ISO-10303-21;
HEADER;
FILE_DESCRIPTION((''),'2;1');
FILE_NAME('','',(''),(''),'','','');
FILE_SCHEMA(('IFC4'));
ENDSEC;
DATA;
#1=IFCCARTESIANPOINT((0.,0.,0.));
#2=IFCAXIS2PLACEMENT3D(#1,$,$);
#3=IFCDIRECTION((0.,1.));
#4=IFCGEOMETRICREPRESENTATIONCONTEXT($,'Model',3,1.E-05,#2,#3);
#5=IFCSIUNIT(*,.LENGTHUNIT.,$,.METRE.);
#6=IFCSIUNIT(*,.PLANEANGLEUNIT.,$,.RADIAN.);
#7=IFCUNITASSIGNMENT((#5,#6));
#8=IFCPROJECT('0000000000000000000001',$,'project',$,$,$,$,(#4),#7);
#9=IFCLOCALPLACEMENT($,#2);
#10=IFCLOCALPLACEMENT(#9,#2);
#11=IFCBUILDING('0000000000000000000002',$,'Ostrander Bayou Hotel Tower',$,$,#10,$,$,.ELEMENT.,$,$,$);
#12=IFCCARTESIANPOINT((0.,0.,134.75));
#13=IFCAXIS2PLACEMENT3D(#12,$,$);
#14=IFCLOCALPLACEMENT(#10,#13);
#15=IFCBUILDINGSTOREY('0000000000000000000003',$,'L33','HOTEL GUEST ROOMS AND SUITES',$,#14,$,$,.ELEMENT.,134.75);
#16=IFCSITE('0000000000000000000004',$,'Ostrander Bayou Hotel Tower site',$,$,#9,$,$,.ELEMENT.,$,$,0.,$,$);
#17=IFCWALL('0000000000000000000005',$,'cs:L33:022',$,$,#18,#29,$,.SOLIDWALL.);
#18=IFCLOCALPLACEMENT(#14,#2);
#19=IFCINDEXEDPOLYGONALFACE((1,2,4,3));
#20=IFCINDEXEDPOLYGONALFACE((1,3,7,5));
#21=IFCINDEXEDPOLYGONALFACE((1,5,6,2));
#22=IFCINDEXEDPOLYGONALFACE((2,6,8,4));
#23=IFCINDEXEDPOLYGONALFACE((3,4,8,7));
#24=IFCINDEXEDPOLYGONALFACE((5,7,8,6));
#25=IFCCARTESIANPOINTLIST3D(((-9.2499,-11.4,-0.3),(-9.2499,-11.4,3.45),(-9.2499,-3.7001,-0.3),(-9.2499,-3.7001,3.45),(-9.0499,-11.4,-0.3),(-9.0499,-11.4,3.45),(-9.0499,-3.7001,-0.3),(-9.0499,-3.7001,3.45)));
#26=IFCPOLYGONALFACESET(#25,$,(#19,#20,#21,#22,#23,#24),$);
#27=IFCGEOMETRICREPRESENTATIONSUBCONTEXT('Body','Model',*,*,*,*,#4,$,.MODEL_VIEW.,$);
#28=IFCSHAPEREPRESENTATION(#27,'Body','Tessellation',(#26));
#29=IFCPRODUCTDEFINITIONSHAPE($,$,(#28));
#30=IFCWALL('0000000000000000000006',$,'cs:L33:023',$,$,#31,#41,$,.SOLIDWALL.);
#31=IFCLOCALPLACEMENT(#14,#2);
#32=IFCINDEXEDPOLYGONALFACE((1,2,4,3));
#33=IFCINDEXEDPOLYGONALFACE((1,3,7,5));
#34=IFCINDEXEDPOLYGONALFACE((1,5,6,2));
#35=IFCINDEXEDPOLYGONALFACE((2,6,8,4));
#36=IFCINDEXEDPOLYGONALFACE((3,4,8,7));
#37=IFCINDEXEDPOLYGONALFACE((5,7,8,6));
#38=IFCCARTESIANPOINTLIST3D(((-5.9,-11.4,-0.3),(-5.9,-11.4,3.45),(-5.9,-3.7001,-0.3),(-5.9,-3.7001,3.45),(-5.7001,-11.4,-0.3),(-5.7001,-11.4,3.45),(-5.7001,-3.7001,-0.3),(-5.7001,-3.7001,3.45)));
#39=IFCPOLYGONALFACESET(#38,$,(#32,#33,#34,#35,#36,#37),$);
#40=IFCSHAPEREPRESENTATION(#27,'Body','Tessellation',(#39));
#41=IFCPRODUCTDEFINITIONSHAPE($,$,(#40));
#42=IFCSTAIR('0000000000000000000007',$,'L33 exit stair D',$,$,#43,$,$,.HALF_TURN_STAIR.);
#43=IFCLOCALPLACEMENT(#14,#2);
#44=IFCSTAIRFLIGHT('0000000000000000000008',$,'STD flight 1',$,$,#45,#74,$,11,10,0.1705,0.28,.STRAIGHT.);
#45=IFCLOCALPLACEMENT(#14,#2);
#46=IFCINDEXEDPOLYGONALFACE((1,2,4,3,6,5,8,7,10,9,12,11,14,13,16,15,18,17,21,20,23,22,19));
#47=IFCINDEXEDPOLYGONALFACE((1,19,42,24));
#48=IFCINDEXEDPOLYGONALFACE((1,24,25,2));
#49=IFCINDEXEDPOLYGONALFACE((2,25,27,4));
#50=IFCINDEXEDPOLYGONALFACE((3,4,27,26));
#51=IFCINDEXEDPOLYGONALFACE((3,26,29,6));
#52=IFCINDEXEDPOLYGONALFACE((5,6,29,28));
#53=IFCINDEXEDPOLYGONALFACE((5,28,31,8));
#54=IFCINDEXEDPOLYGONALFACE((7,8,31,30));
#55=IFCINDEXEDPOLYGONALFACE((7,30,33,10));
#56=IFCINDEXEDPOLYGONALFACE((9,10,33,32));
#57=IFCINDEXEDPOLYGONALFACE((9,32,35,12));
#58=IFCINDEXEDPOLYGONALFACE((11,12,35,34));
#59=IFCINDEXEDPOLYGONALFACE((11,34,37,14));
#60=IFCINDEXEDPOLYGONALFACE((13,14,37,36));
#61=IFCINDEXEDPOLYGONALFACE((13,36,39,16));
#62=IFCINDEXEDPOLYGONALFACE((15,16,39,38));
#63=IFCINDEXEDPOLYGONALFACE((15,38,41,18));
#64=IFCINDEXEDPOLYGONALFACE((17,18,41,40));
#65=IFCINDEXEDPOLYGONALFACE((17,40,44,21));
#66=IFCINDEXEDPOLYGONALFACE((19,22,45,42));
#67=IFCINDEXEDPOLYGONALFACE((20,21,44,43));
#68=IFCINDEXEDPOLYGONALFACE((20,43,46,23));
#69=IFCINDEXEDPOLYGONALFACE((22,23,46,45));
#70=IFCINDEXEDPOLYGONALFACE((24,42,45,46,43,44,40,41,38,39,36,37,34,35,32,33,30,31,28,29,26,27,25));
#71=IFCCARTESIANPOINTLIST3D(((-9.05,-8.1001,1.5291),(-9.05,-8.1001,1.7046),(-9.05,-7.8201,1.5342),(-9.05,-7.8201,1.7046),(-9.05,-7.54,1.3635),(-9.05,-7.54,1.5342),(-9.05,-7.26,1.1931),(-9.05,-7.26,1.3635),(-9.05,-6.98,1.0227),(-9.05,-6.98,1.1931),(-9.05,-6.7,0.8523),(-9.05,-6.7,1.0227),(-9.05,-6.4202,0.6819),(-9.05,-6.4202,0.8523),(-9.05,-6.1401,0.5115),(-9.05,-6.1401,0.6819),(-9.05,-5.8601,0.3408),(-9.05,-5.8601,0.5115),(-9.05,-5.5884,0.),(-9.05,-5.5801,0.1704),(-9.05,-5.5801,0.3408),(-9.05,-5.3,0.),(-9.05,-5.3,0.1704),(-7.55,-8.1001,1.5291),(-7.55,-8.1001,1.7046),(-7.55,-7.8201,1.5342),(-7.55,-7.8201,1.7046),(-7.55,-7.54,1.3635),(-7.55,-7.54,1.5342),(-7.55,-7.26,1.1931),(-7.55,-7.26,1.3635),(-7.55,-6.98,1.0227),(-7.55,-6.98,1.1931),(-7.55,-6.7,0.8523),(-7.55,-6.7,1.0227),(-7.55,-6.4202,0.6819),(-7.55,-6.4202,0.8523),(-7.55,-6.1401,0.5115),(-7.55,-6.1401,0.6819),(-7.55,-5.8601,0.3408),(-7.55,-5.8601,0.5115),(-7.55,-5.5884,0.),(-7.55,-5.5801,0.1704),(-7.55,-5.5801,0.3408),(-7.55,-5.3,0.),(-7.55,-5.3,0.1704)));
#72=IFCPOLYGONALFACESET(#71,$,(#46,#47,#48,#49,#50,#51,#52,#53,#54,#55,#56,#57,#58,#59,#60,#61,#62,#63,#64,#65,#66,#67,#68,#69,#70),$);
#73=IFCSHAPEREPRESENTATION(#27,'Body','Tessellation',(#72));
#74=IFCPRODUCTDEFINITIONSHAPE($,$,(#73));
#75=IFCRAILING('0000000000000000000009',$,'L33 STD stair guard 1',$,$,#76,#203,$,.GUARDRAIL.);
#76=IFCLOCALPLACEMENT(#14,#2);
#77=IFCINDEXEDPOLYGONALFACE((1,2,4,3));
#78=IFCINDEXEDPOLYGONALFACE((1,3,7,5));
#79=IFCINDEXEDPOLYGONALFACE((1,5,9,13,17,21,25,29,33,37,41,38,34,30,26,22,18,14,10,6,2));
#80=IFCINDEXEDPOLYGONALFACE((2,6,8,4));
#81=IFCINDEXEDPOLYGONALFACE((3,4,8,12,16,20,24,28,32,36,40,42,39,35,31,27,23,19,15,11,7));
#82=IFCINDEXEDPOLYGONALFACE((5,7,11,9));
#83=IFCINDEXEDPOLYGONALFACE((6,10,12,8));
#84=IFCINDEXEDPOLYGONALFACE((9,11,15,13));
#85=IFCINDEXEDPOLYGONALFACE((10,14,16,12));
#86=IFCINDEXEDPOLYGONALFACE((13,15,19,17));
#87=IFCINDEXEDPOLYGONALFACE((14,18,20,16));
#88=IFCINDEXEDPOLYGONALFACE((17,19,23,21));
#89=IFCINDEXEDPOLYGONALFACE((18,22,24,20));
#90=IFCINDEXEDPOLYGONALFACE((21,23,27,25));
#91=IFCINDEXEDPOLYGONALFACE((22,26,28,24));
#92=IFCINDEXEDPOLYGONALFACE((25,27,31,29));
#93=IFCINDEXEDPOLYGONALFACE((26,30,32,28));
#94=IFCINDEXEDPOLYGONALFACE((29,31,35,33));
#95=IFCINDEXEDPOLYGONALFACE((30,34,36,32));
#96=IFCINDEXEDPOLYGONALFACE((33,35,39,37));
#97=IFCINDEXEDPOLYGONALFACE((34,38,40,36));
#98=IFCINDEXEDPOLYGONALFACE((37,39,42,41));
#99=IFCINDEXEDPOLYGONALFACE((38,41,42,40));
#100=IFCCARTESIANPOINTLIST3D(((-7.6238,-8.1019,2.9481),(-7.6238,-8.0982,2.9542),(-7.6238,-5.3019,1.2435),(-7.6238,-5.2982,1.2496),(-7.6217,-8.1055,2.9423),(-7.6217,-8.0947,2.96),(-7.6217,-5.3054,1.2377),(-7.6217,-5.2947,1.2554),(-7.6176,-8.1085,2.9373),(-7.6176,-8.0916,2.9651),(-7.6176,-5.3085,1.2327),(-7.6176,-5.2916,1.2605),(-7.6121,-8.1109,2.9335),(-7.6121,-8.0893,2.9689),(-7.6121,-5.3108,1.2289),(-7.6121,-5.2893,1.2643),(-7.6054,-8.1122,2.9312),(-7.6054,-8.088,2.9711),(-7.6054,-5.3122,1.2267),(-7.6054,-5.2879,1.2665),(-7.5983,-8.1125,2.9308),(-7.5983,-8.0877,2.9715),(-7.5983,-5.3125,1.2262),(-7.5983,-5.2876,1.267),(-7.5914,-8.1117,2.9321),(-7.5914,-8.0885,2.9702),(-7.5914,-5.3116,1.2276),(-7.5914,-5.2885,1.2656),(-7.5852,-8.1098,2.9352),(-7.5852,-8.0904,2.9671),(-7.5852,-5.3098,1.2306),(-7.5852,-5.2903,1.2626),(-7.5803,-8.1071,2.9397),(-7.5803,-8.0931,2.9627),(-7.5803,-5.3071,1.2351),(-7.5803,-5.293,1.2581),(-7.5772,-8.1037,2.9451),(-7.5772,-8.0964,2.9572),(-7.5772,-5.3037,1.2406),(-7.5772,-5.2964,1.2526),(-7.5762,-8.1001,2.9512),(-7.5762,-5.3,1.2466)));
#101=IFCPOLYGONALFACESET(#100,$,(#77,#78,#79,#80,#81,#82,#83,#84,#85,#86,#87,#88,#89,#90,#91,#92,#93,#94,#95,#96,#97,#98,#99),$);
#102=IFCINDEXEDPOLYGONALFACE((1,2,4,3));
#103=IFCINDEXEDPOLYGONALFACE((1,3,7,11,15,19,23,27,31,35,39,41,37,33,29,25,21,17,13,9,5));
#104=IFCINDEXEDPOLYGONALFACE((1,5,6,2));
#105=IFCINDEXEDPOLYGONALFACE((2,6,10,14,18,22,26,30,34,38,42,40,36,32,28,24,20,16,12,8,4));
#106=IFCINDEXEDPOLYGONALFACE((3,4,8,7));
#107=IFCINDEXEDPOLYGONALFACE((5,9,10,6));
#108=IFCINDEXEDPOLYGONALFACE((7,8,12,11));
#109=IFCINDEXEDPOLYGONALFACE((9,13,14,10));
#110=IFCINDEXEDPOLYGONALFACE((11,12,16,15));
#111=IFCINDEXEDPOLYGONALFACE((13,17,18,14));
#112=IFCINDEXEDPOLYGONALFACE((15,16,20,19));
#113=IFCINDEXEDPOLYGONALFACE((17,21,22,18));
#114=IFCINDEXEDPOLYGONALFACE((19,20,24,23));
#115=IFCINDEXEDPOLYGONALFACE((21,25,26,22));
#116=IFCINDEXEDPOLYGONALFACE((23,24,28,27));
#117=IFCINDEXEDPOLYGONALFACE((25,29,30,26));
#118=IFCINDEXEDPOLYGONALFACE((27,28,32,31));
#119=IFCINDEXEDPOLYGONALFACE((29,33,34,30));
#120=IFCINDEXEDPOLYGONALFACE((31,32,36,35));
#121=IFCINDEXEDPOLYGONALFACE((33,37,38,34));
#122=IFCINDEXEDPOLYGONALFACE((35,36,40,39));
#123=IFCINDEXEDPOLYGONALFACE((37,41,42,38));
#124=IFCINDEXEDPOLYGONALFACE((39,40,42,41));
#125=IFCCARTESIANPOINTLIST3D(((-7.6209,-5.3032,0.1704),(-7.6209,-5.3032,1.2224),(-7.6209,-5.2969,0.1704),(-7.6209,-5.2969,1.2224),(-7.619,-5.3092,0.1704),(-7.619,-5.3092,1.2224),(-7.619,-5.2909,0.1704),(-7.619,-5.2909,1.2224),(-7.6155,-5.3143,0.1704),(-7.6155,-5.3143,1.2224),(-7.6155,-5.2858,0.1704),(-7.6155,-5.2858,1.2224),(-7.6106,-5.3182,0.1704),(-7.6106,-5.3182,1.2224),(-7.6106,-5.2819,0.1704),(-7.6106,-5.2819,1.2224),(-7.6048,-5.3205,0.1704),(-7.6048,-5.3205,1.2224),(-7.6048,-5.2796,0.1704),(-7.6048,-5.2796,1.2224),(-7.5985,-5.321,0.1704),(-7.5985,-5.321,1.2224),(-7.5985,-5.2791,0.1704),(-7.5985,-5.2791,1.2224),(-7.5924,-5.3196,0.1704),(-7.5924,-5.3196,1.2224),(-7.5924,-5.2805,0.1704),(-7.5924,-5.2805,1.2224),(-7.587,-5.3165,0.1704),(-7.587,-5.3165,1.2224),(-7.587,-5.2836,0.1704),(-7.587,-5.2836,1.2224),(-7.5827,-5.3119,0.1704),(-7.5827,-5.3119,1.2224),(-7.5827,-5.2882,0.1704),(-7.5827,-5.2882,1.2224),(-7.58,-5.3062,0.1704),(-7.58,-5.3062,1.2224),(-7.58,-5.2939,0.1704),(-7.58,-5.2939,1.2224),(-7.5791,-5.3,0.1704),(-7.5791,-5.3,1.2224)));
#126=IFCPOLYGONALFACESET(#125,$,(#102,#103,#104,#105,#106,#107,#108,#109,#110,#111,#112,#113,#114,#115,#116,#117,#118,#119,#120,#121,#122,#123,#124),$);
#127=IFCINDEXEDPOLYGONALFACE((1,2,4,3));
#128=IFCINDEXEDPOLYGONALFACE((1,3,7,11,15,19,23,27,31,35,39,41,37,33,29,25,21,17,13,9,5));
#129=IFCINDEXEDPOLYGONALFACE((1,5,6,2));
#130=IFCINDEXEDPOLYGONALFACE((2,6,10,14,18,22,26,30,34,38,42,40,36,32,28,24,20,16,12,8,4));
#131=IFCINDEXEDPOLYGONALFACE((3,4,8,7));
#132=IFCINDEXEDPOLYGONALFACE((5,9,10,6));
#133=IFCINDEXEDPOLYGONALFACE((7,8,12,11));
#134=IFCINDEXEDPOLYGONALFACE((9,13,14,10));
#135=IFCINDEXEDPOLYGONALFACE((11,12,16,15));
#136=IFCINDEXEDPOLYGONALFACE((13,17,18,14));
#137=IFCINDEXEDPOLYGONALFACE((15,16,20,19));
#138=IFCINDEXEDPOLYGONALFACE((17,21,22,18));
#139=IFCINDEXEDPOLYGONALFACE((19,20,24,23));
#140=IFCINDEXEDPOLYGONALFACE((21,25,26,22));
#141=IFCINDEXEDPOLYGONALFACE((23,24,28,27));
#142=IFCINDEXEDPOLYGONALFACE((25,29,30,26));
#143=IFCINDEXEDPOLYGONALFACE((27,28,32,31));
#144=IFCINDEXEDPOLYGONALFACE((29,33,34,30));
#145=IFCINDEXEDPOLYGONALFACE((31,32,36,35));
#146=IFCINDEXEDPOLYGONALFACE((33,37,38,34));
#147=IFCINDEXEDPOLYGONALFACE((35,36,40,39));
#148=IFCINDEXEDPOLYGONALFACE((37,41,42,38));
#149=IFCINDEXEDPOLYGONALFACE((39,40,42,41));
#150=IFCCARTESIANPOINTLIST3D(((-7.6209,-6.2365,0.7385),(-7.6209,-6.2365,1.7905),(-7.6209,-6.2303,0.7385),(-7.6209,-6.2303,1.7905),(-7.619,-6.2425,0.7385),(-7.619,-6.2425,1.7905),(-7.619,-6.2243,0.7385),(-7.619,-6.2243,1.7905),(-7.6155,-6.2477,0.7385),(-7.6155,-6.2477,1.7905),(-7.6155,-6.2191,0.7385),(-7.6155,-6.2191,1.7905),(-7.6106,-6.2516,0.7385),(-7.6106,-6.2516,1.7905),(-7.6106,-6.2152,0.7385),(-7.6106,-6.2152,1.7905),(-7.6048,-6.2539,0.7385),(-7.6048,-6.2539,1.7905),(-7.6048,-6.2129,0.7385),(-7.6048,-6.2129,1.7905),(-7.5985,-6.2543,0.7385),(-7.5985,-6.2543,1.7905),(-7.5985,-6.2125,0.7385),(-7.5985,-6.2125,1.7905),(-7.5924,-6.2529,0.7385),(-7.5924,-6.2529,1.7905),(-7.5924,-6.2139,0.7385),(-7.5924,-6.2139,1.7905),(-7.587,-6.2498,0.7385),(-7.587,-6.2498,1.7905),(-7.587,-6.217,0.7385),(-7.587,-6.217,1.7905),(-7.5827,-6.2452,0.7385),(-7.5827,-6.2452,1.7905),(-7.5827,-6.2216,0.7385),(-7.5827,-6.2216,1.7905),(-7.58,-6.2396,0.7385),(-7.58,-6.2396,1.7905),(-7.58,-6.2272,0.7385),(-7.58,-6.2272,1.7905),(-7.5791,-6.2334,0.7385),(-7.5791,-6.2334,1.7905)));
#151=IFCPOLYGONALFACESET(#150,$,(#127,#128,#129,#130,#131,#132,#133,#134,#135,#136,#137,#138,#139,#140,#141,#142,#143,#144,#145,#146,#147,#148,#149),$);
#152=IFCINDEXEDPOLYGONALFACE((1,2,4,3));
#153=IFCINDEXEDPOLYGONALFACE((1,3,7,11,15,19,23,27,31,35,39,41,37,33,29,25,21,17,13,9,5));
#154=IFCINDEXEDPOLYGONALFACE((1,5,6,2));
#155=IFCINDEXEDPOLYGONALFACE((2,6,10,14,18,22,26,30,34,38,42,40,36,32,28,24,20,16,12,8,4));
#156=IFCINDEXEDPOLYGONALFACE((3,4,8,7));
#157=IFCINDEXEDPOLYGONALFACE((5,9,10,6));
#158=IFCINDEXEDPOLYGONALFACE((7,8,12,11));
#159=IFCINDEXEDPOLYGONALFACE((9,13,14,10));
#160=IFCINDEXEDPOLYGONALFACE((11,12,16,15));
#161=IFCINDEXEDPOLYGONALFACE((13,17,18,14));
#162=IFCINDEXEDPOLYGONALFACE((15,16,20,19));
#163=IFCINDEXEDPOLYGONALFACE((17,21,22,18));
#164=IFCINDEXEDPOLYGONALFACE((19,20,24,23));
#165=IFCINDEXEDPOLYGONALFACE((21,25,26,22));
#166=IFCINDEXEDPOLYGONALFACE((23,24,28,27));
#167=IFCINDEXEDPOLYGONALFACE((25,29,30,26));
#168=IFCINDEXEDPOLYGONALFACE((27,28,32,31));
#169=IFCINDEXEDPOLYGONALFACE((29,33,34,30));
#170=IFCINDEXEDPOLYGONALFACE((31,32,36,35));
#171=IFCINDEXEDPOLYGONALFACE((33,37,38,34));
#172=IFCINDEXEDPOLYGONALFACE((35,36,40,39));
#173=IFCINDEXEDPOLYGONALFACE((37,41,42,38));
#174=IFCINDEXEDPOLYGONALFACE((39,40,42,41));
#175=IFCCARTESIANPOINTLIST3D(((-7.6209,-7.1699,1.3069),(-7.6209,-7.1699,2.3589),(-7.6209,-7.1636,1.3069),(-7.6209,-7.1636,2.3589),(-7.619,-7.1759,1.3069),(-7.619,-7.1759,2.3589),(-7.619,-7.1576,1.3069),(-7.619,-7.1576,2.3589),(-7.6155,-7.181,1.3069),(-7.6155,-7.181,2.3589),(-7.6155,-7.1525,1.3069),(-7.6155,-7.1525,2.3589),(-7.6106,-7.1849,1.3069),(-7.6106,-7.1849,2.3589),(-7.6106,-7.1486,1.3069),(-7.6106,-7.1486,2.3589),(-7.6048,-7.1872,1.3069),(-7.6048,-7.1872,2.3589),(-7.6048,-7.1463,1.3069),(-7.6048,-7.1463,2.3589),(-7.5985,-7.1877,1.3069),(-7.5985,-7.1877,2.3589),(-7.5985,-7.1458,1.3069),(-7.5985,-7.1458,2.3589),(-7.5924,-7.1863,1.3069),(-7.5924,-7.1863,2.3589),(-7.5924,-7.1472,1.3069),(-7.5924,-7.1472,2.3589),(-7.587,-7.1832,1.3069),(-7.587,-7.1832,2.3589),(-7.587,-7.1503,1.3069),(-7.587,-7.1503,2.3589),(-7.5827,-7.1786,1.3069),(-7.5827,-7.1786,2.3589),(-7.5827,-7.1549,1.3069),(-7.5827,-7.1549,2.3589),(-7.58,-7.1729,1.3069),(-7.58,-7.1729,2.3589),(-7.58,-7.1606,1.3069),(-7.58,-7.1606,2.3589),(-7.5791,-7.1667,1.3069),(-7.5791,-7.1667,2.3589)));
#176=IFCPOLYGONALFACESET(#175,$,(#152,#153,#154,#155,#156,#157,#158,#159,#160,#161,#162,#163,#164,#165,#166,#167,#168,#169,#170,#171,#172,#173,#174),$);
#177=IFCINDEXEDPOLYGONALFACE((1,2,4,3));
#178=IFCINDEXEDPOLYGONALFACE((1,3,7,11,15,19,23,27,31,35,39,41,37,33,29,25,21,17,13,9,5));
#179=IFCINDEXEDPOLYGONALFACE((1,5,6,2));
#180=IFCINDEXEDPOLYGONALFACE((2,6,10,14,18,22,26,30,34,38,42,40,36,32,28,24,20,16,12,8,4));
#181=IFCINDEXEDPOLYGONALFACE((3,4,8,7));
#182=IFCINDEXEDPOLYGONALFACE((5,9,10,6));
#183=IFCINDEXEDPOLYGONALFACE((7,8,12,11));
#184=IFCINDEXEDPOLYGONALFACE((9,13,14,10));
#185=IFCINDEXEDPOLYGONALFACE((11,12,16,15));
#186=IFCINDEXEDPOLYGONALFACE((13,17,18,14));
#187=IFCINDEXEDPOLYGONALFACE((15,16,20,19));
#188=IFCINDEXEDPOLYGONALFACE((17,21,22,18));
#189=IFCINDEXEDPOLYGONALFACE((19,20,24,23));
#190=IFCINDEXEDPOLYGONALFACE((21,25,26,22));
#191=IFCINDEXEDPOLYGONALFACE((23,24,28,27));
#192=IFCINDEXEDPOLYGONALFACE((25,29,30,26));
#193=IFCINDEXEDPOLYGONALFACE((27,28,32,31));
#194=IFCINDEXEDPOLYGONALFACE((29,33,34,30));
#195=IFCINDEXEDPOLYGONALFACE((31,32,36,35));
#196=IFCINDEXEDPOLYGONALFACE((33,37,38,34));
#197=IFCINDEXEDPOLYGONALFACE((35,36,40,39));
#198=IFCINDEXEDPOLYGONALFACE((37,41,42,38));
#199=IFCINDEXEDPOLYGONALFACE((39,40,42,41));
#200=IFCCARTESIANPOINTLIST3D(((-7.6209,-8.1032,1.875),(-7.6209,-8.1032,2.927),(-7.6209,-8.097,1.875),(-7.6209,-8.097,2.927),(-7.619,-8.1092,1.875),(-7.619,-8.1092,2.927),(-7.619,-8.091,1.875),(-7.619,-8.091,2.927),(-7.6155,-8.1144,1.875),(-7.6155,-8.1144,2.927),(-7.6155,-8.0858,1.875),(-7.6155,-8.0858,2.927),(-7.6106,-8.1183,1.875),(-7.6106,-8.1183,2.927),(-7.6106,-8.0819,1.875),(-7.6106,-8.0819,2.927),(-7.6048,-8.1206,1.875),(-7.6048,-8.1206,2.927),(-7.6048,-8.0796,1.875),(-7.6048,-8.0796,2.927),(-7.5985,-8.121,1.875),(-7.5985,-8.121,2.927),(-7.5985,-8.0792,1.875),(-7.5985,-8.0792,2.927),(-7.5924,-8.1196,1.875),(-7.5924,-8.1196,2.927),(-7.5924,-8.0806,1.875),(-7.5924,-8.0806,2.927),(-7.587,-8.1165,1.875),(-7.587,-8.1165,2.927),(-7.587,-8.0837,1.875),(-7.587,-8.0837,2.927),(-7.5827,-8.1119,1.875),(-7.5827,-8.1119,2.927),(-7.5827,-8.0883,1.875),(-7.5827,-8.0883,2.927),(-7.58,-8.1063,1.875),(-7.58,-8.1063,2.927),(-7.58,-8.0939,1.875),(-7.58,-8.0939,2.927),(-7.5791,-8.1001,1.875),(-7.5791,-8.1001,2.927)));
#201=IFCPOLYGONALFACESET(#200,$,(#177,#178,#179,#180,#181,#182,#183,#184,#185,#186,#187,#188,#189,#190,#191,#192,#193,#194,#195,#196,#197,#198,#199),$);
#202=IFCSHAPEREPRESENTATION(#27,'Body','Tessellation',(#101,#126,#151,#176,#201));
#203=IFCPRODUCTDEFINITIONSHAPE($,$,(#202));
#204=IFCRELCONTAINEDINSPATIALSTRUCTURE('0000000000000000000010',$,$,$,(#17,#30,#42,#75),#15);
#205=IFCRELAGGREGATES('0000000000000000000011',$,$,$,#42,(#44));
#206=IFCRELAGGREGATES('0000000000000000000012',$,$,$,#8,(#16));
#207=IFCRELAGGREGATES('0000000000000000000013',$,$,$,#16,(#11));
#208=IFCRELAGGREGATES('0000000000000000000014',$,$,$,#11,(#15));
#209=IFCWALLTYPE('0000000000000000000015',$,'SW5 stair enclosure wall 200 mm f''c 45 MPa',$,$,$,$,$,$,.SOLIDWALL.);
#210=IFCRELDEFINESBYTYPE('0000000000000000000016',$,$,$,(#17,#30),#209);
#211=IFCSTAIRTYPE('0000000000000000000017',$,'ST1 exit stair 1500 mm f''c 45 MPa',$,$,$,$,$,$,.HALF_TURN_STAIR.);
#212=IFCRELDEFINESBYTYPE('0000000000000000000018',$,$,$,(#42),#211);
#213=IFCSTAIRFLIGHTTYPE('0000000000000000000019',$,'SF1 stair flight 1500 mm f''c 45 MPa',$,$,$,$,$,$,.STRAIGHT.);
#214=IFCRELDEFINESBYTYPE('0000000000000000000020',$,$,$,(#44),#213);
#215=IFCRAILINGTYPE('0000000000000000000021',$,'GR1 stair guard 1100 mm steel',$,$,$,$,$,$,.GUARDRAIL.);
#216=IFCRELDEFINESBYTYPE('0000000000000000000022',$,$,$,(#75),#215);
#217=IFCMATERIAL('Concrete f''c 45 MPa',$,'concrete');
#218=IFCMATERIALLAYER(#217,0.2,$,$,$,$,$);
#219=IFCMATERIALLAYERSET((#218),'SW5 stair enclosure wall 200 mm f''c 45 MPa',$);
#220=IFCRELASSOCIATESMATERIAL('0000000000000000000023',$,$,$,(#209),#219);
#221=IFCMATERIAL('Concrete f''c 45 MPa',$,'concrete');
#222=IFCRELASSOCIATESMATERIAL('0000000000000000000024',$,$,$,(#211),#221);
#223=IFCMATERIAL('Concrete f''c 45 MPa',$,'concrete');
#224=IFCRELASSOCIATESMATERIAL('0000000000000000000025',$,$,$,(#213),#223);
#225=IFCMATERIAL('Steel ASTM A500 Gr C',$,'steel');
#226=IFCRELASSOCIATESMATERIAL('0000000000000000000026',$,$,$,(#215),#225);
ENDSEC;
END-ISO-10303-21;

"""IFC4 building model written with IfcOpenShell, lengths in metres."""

from ifc_helpers import new_model, si_unit, direction, frame, frame_2d, origin, origin_2d, place, context, subcontext, project, spatial, polyline, rectangle, circle, outline, extrude, material, layer, layer_set, type_object, element, aggregate, save


model = new_model("IFC4")

# Units and contexts
model_context = context("Model", 3, precision=1e-05, world=origin(), true_north=direction((0.0, 1.0)))
body_context = subcontext(model_context, "Body", "Model", "MODEL_VIEW")
ifc_project = project(units=[si_unit("LENGTHUNIT", "METRE"), si_unit("PLANEANGLEUNIT", "RADIAN")], contexts=[model_context])

# Site, building, storey
site_placement = place(None, origin())
site = spatial("IfcSite", under=ifc_project, at=site_placement, Name="Ostrander Bayou Hotel Tower site", CompositionType="ELEMENT", RefElevation=0.0)
building_placement = place(site_placement, origin())
building = spatial("IfcBuilding", under=site, at=building_placement, Name="Ostrander Bayou Hotel Tower", CompositionType="ELEMENT")
storey_placement = place(building_placement, frame((0.0, 0.0, 134.75)))
storey = spatial("IfcBuildingStorey", under=building, at=storey_placement, Name="L33", Description="HOTEL GUEST ROOMS AND SUITES", CompositionType="ELEMENT", Elevation=134.75)

# Shared definitions
ifc_material_1 = material(Name="Concrete f'c 45 MPa", Category="concrete")
ifc_layer_1 = layer(ifc_material_1, 0.2)
ifc_layer_set_1 = layer_set([ifc_layer_1], Name="SW5 stair enclosure wall 200 mm f'c 45 MPa")
wall_type_1 = type_object("IfcWallType", Name="SW5 stair enclosure wall 200 mm f'c 45 MPa", PredefinedType="SOLIDWALL", material=ifc_layer_set_1)

# Walls
for number, where, z_axis, x_axis, name in (
    (1, (-9.1499, -3.7, -0.3), (0.0, 0.0, 1.0), (0.0, -1.0, 0.0), "cs:L33:022"),
    (2, (-5.8, -3.7, -0.3), (0.0, 0.0, 1.0), (0.0, -1.0, 0.0), "cs:L33:023"),
):
    element("IfcWall", number, at=place(storey_placement, frame(where, z_axis=z_axis, x_axis=x_axis)), inside=storey, type_object=wall_type_1, Name=name, PredefinedType="SOLIDWALL", context=body_context, shape_type="SweptSolid", body=[
        extrude(rectangle(XDim=7.7, YDim=0.2, at=frame_2d((3.8501, 0.0))), origin(), (0.0, 0.0, 1.0), 3.75),
    ])

# Stair, stair flight
ifc_material_2 = material(Name="Concrete f'c 45 MPa", Category="concrete")
stair_type = type_object("IfcStairType", Name="ST1 exit stair 1500 mm f'c 45 MPa", PredefinedType="HALF_TURN_STAIR", material=ifc_material_2)
stair_placement = place(storey_placement, origin())
stair = element("IfcStair", 3, at=stair_placement, inside=storey, type_object=stair_type, Name="L33 exit stair D", PredefinedType="HALF_TURN_STAIR")
ifc_material_3 = material(Name="Concrete f'c 45 MPa", Category="concrete")
stair_flight_type = type_object("IfcStairFlightType", Name="SF1 stair flight 1500 mm f'c 45 MPa", PredefinedType="STRAIGHT", material=ifc_material_3)
stair_flight_placement = place(storey_placement, frame((-8.3, -5.3, 0.0), z_axis=(0.0, 0.0, 1.0), x_axis=(0.0, -1.0, 0.0)))
stair_flight = element("IfcStairFlight", 4, at=stair_flight_placement, type_object=stair_flight_type, Name="STD flight 1", NumberOfRisers=11, NumberOfTreads=10, PredefinedType="STRAIGHT", RiserHeight=0.1705, TreadLength=0.28, context=body_context, shape_type="SweptSolid", body=[
    extrude(outline(polyline([(0.0, 0.0), (0.0, 0.1704), (0.28, 0.1704), (0.28, 0.3408), (0.5601, 0.3408), (0.5601, 0.5115), (0.8401, 0.5115), (0.8401, 0.6819), (1.1201, 0.6819), (1.1201, 0.8523), (1.3999, 0.8523), (1.3999, 1.0227), (1.6799, 1.0227), (1.6799, 1.1931), (1.96, 1.1931), (1.96, 1.3635), (2.24, 1.3635), (2.24, 1.5342), (2.52, 1.5342), (2.52, 1.7046), (2.8, 1.7046), (2.8, 1.875), (2.8, 1.5291), (0.2883, 0.0), (0.0, 0.0)])), frame((0.0, 0.75, 0.0), z_axis=(0.0, -1.0, 0.0), x_axis=(1.0, 0.0, 0.0)), (0.0, 0.0, 1.0), 1.5),
])
aggregate(stair, [stair_flight])

# Railing
ifc_material_4 = material(Name="Steel ASTM A500 Gr C", Category="steel")
railing_type_1 = type_object("IfcRailingType", Name="GR1 stair guard 1100 mm steel", PredefinedType="GUARDRAIL", material=ifc_material_4)
railing_1_placement = place(storey_placement, frame((-7.6001, -5.3, 0.1704)))
element("IfcRailing", 5, at=railing_1_placement, inside=storey, type_object=railing_type_1, Name="L33 STD stair guard 1", PredefinedType="GUARDRAIL", context=body_context, shape_type="SweptSolid", body=[
    extrude(circle(Radius=0.0239, at=origin_2d()), frame((0.0, 0.0, 1.0762), z_axis=(0.0, -0.85417, 0.519994), x_axis=(1.0, 0.0, 0.0)), (0.0, 0.0, 1.0), 3.2781),
    extrude(circle(Radius=0.021, at=origin_2d()), origin(), (0.0, 0.0, 1.0), 1.052),
    extrude(circle(Radius=0.021, at=origin_2d()), frame((0.0, -0.9333, 0.5681)), (0.0, 0.0, 1.0), 1.052),
    extrude(circle(Radius=0.021, at=origin_2d()), frame((0.0, -1.8667, 1.1365)), (0.0, 0.0, 1.0), 1.052),
    extrude(circle(Radius=0.021, at=origin_2d()), frame((0.0, -2.8, 1.7046)), (0.0, 0.0, 1.0), 1.052),
])

save(model, "model.ifc")
